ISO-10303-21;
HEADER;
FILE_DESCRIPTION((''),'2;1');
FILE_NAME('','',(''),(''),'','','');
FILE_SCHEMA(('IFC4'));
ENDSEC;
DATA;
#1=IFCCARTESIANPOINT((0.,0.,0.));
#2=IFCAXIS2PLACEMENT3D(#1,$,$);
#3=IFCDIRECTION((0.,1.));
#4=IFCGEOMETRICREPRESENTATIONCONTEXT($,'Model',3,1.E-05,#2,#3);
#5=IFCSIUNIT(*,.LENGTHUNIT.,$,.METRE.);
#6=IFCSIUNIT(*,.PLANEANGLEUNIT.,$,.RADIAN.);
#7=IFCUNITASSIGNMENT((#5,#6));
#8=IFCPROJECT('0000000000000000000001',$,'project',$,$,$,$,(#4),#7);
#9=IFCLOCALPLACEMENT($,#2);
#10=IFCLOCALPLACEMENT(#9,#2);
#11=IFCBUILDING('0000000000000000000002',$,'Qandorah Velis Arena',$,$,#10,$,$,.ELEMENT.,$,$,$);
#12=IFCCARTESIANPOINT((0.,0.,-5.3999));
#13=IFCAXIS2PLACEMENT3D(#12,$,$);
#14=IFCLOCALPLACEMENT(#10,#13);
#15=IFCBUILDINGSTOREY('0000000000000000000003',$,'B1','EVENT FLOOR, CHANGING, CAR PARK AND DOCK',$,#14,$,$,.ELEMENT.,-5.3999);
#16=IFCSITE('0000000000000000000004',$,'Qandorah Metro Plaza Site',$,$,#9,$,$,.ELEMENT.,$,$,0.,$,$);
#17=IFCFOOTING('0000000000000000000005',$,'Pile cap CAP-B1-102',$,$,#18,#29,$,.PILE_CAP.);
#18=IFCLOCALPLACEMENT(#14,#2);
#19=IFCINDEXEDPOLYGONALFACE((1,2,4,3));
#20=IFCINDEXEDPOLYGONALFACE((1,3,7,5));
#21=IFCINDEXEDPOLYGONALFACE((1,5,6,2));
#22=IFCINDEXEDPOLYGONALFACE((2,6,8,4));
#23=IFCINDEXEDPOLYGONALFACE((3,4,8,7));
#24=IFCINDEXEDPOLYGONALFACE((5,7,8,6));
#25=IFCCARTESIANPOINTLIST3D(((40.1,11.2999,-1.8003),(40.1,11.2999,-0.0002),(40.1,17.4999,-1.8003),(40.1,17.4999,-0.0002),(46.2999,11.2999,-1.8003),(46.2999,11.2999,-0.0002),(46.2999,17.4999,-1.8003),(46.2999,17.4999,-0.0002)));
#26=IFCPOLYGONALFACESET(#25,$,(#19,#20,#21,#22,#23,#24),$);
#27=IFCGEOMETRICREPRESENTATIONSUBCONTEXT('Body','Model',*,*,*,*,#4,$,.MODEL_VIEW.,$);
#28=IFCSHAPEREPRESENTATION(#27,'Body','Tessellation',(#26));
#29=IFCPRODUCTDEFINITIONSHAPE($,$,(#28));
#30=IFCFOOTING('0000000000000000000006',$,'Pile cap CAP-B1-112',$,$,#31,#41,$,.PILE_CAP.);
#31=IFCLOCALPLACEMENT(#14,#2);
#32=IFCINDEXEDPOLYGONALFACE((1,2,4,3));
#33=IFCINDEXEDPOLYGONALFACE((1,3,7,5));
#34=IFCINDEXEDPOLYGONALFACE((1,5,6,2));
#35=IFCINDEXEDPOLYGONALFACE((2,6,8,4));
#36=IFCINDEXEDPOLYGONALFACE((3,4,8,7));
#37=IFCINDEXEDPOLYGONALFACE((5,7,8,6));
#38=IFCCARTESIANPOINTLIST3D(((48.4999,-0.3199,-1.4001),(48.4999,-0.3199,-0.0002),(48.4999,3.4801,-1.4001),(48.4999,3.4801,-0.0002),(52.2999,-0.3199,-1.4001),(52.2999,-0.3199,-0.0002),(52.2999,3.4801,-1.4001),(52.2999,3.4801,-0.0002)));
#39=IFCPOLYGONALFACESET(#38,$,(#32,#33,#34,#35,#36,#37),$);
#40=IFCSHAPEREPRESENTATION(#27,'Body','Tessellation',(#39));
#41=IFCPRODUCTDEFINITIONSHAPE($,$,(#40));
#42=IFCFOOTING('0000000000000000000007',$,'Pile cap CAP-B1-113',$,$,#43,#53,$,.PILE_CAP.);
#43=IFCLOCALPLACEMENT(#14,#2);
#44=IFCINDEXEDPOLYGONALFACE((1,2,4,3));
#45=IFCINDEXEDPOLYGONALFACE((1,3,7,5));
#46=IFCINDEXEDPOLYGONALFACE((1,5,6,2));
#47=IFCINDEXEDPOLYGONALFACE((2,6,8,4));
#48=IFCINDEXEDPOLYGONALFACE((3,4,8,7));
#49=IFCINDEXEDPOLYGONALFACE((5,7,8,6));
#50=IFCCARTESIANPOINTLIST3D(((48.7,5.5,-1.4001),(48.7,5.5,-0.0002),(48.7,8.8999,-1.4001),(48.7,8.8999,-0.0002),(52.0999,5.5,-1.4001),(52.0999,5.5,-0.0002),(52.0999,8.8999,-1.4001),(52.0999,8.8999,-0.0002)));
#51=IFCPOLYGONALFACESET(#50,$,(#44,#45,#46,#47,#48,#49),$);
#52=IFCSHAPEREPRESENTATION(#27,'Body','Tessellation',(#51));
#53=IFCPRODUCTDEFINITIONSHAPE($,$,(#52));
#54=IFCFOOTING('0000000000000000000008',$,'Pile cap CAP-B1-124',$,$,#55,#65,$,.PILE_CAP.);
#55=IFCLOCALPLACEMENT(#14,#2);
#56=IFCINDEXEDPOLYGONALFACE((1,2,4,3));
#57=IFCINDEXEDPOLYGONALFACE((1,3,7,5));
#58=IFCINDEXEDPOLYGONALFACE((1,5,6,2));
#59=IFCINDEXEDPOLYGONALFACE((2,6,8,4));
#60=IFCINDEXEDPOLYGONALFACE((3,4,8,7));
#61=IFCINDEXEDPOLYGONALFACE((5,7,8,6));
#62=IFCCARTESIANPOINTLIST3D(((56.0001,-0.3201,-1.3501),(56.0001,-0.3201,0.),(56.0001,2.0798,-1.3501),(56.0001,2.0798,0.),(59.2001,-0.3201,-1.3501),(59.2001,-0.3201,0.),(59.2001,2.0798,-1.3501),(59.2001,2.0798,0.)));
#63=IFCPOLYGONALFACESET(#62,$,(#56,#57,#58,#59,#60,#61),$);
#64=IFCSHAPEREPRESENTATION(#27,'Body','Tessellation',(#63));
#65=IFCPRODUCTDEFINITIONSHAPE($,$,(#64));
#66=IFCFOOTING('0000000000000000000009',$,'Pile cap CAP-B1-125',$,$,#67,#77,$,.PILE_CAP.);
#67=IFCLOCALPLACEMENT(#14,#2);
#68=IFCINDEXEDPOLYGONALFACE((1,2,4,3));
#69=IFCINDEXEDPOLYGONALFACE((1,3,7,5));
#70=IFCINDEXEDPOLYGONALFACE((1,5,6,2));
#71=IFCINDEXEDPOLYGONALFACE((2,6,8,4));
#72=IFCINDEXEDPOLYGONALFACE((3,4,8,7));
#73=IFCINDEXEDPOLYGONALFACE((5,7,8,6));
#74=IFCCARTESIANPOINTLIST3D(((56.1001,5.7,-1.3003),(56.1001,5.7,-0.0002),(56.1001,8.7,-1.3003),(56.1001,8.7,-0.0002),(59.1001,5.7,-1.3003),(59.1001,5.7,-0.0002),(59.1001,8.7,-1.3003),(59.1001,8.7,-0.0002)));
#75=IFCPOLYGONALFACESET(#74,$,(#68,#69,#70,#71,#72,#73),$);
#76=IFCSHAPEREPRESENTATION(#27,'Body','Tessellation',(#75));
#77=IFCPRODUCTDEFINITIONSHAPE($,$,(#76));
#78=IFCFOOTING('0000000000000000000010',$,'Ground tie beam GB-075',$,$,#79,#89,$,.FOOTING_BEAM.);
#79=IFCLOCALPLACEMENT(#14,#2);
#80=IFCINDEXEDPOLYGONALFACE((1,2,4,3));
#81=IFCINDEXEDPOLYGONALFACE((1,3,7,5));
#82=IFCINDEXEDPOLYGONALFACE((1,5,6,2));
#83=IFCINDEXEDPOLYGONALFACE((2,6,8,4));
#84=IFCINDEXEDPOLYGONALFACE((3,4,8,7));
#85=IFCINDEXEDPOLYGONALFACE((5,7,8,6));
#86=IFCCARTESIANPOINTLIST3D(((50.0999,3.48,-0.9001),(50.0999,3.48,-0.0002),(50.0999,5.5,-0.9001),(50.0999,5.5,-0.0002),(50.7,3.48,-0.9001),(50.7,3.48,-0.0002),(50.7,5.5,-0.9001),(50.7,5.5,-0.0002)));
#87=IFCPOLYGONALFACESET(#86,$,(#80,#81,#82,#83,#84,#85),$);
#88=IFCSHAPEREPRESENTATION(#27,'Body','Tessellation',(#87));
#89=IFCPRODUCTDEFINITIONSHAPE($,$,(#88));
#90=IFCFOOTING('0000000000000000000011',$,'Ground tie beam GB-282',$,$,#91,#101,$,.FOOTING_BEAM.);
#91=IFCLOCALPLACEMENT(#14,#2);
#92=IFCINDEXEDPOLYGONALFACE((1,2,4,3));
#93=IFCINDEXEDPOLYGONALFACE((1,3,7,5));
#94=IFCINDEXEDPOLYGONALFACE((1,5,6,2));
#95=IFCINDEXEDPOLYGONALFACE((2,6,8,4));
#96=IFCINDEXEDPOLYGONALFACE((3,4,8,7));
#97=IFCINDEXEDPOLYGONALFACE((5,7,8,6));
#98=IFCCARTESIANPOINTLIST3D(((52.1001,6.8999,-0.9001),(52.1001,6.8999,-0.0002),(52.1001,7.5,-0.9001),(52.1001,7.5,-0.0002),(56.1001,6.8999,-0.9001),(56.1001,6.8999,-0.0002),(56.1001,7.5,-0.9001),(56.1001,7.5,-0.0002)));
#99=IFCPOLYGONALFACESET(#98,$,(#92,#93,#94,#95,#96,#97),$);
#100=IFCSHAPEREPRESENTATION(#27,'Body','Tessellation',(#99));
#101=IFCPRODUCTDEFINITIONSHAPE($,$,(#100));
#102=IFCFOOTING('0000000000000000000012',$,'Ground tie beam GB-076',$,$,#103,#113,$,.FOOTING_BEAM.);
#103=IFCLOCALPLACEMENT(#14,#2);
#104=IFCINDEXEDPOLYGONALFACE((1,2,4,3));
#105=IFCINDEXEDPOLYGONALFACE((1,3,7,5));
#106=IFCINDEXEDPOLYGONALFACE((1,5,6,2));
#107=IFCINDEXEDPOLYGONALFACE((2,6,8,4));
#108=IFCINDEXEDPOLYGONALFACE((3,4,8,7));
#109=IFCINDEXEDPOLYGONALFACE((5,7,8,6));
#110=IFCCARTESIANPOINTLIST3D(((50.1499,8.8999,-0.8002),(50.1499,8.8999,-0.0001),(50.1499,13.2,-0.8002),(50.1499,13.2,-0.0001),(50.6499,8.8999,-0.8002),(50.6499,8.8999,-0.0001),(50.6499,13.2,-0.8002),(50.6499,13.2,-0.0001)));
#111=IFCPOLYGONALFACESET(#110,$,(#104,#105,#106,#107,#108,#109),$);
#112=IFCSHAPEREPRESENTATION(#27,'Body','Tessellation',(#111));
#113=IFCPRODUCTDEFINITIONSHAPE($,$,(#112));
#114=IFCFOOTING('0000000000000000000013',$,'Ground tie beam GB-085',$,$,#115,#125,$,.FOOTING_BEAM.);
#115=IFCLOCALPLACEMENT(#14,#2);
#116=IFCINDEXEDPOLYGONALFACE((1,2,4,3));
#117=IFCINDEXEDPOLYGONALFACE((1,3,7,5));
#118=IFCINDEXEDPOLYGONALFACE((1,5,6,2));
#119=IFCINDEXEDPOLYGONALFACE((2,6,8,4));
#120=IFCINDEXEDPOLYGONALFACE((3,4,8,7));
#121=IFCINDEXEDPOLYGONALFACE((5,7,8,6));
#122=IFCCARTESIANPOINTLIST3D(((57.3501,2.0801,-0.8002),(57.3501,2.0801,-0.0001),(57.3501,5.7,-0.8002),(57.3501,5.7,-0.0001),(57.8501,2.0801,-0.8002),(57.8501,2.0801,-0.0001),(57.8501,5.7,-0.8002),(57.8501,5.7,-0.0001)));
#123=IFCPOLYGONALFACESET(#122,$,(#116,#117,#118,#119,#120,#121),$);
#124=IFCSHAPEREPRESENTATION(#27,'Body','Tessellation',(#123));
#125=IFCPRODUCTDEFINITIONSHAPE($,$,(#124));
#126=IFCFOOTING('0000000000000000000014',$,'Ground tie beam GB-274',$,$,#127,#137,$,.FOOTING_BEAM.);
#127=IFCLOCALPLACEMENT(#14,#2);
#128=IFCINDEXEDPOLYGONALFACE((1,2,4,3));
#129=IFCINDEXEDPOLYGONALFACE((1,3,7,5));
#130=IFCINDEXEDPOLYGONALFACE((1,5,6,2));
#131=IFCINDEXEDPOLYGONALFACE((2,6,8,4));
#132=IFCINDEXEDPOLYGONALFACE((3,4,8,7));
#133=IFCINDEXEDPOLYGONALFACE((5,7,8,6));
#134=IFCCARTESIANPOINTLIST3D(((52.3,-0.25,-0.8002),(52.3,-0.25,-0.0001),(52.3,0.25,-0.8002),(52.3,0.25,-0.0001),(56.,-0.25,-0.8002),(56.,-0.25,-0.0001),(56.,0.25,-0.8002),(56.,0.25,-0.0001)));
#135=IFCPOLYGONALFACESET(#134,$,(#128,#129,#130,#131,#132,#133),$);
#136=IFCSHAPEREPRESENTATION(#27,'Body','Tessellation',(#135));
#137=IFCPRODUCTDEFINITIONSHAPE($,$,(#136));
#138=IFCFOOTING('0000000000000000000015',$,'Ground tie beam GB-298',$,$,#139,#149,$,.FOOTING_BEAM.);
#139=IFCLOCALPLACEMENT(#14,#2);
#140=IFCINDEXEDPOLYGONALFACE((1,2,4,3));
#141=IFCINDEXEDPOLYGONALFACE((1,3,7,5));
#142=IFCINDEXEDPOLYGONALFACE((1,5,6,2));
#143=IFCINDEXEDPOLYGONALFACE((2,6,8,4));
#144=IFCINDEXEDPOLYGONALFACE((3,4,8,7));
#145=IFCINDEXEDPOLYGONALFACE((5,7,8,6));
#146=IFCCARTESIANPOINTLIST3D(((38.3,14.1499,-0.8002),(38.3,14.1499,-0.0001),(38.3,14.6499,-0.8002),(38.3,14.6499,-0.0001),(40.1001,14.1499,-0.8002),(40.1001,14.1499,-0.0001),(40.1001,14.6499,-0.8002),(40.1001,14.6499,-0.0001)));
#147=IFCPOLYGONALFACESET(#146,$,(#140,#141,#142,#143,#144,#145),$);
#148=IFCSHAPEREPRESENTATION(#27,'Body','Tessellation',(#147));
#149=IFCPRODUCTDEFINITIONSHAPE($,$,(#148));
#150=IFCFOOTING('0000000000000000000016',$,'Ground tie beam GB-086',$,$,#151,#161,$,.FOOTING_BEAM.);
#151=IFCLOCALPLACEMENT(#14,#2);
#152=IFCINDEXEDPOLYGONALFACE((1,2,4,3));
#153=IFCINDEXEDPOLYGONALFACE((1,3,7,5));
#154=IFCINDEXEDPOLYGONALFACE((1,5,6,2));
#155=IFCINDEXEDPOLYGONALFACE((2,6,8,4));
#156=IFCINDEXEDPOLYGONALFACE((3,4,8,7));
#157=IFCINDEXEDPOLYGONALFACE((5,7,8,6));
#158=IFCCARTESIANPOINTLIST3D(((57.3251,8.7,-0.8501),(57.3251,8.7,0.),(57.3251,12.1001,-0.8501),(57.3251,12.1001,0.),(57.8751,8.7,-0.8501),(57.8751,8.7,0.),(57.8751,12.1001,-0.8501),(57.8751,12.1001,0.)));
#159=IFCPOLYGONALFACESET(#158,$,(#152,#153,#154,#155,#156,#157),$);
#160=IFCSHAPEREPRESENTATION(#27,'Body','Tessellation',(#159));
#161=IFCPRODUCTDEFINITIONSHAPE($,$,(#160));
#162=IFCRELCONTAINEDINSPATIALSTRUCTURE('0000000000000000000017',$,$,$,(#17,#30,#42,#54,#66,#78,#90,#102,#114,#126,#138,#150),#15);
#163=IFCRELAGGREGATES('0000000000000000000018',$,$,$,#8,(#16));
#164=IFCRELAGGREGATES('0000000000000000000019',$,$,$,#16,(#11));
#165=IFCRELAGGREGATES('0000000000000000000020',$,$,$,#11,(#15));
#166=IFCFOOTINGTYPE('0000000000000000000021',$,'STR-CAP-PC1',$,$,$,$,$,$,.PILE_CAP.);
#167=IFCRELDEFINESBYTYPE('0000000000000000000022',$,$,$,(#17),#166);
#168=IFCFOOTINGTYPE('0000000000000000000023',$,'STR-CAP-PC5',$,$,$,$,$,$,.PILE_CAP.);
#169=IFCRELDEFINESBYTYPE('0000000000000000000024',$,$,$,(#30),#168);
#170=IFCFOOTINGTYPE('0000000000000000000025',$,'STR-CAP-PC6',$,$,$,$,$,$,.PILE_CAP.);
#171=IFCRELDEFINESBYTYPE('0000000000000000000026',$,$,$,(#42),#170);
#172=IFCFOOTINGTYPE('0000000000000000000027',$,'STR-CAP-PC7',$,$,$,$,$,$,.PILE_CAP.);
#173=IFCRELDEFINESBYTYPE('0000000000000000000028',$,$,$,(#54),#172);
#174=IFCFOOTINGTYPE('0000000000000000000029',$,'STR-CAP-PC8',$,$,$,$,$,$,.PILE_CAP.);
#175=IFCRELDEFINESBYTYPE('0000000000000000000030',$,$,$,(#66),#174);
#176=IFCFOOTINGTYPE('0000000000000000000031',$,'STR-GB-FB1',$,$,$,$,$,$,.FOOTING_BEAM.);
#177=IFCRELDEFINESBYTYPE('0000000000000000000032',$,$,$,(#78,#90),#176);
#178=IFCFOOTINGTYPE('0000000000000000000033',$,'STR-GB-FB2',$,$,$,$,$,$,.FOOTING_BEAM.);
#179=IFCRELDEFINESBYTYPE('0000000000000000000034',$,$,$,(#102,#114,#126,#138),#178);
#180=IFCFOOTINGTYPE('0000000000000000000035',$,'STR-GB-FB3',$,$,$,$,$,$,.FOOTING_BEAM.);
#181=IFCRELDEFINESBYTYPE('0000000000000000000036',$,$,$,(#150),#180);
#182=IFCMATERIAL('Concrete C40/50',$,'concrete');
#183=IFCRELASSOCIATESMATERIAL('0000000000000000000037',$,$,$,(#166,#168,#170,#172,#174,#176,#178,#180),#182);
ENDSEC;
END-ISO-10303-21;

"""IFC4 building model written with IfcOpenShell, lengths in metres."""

from ifc_helpers import new_model, si_unit, direction, frame, origin, origin_2d, place, context, subcontext, project, spatial, rectangle, extrude, material, material_profile, profile_set, type_object, element, save


model = new_model("IFC4")

# Units and contexts
model_context = context("Model", 3, precision=1e-05, world=origin(), true_north=direction((0.0, 1.0)))
body_context = subcontext(model_context, "Body", "Model", "MODEL_VIEW")
ifc_project = project(units=[si_unit("LENGTHUNIT", "METRE"), si_unit("PLANEANGLEUNIT", "RADIAN")], contexts=[model_context])

# Site, building, storey
site_placement = place(None, origin())
site = spatial("IfcSite", under=ifc_project, at=site_placement, Name="Qandorah Metro Plaza Site", CompositionType="ELEMENT", RefElevation=0.0)
building_placement = place(site_placement, origin())
building = spatial("IfcBuilding", under=site, at=building_placement, Name="Qandorah Velis Arena", CompositionType="ELEMENT")
storey_placement = place(building_placement, frame((0.0, 0.0, -5.3999)))
storey = spatial("IfcBuildingStorey", under=building, at=storey_placement, Name="B1", Description="EVENT FLOOR, CHANGING, CAR PARK AND DOCK", CompositionType="ELEMENT", Elevation=-5.3999)

# Footings
ifc_material_1 = material(Name="Concrete C40/50", Category="concrete")
footing_type_1 = type_object("IfcFootingType", Name="STR-CAP-PC1", PredefinedType="PILE_CAP", material=ifc_material_1)
footing_1_placement = place(storey_placement, frame((43.2, 14.3999, -1.8003), z_axis=(0.0, 0.0, 1.0), x_axis=(1.0, 0.0, 0.0)))
element("IfcFooting", 1, at=footing_1_placement, inside=storey, type_object=footing_type_1, Name="Pile cap CAP-B1-102", PredefinedType="PILE_CAP", context=body_context, shape_type="SweptSolid", body=[
    extrude(rectangle(XDim=6.2, YDim=6.2, at=origin_2d()), origin(), (0.0, 0.0, 1.0), 1.8),
])
footing_type_2 = type_object("IfcFootingType", Name="STR-CAP-PC5", PredefinedType="PILE_CAP", material=ifc_material_1)
footing_2_placement = place(storey_placement, frame((50.3999, 1.5801, -1.4001), z_axis=(0.0, 0.0, 1.0), x_axis=(1.0, 0.0, 0.0)))
element("IfcFooting", 2, at=footing_2_placement, inside=storey, type_object=footing_type_2, Name="Pile cap CAP-B1-112", PredefinedType="PILE_CAP", context=body_context, shape_type="SweptSolid", body=[
    extrude(rectangle(XDim=3.8, YDim=3.8, at=origin_2d()), origin(), (0.0, 0.0, 1.0), 1.3999),
])
footing_type_3 = type_object("IfcFootingType", Name="STR-CAP-PC6", PredefinedType="PILE_CAP", material=ifc_material_1)
footing_3_placement = place(storey_placement, frame((50.3999, 7.2, -1.4001), z_axis=(0.0, 0.0, 1.0), x_axis=(1.0, 0.0, 0.0)))
element("IfcFooting", 3, at=footing_3_placement, inside=storey, type_object=footing_type_3, Name="Pile cap CAP-B1-113", PredefinedType="PILE_CAP", context=body_context, shape_type="SweptSolid", body=[
    extrude(rectangle(XDim=3.3999, YDim=3.3999, at=origin_2d()), origin(), (0.0, 0.0, 1.0), 1.3999),
])
footing_type_4 = type_object("IfcFootingType", Name="STR-CAP-PC7", PredefinedType="PILE_CAP", material=ifc_material_1)
footing_4_placement = place(storey_placement, frame((57.6001, 0.8799, -1.3501), z_axis=(0.0, 0.0, 1.0), x_axis=(1.0, 0.0, 0.0)))
element("IfcFooting", 4, at=footing_4_placement, inside=storey, type_object=footing_type_4, Name="Pile cap CAP-B1-124", PredefinedType="PILE_CAP", context=body_context, shape_type="SweptSolid", body=[
    extrude(rectangle(XDim=3.2, YDim=2.3999, at=origin_2d()), origin(), (0.0, 0.0, 1.0), 1.3501),
])
footing_type_5 = type_object("IfcFootingType", Name="STR-CAP-PC8", PredefinedType="PILE_CAP", material=ifc_material_1)
footing_5_placement = place(storey_placement, frame((57.6001, 7.2, -1.3003), z_axis=(0.0, 0.0, 1.0), x_axis=(1.0, 0.0, 0.0)))
element("IfcFooting", 5, at=footing_5_placement, inside=storey, type_object=footing_type_5, Name="Pile cap CAP-B1-125", PredefinedType="PILE_CAP", context=body_context, shape_type="SweptSolid", body=[
    extrude(rectangle(XDim=3.0, YDim=3.0, at=origin_2d()), origin(), (0.0, 0.0, 1.0), 1.3),
])
ifc_material_profile_1 = material_profile(ifc_material_1, rectangle(XDim=0.6001, YDim=0.8999, at=origin_2d()), Name="GB1 600x900")
ifc_profile_set_1 = profile_set([ifc_material_profile_1], Name="Concrete C40/50")
footing_type_6 = type_object("IfcFootingType", Name="STR-GB-FB1", PredefinedType="FOOTING_BEAM", material=ifc_profile_set_1)
footing_6_placement = place(storey_placement, frame((50.3999, 3.48, -0.4502), z_axis=(0.0, 1.0, 0.0), x_axis=(-1.0, 0.0, 0.0)))
element("IfcFooting", 6, at=footing_6_placement, inside=storey, type_object=footing_type_6, Name="Ground tie beam GB-075", PredefinedType="FOOTING_BEAM", context=body_context, shape_type="SweptSolid", body=[
    extrude(rectangle(XDim=0.6001, YDim=0.8999, at=origin_2d()), origin(), (0.0, 0.0, 1.0), 2.02),
])
footing_7_placement = place(storey_placement, frame((52.1001, 7.2, -0.4502), z_axis=(1.0, 0.0, 0.0), x_axis=(0.0, 1.0, 0.0)))
element("IfcFooting", 7, at=footing_7_placement, inside=storey, type_object=footing_type_6, Name="Ground tie beam GB-282", PredefinedType="FOOTING_BEAM", context=body_context, shape_type="SweptSolid", body=[
    extrude(rectangle(XDim=0.6001, YDim=0.8999, at=origin_2d()), origin(), (0.0, 0.0, 1.0), 4.0),
])
ifc_material_profile_2 = material_profile(ifc_material_1, rectangle(XDim=0.5, YDim=0.8, at=origin_2d()), Name="GB2 500x800")
ifc_profile_set_2 = profile_set([ifc_material_profile_2], Name="Concrete C40/50")
footing_type_7 = type_object("IfcFootingType", Name="STR-GB-FB2", PredefinedType="FOOTING_BEAM", material=ifc_profile_set_2)
footing_8_placement = place(storey_placement, frame((50.3999, 8.8999, -0.4001), z_axis=(0.0, 1.0, 0.0), x_axis=(-1.0, 0.0, 0.0)))
element("IfcFooting", 8, at=footing_8_placement, inside=storey, type_object=footing_type_7, Name="Ground tie beam GB-076", PredefinedType="FOOTING_BEAM", context=body_context, shape_type="SweptSolid", body=[
    extrude(rectangle(XDim=0.5, YDim=0.8, at=origin_2d()), origin(), (0.0, 0.0, 1.0), 4.3),
])
footing_9_placement = place(storey_placement, frame((57.6001, 2.0801, -0.4001), z_axis=(0.0, 1.0, 0.0), x_axis=(-1.0, 0.0, 0.0)))
element("IfcFooting", 9, at=footing_9_placement, inside=storey, type_object=footing_type_7, Name="Ground tie beam GB-085", PredefinedType="FOOTING_BEAM", context=body_context, shape_type="SweptSolid", body=[
    extrude(rectangle(XDim=0.5, YDim=0.8, at=origin_2d()), origin(), (0.0, 0.0, 1.0), 3.6199),
])
footing_10_placement = place(storey_placement, frame((52.3, 0.0, -0.4001), z_axis=(1.0, 0.0, 0.0), x_axis=(0.0, 1.0, 0.0)))
element("IfcFooting", 10, at=footing_10_placement, inside=storey, type_object=footing_type_7, Name="Ground tie beam GB-274", PredefinedType="FOOTING_BEAM", context=body_context, shape_type="SweptSolid", body=[
    extrude(rectangle(XDim=0.5, YDim=0.8, at=origin_2d()), origin(), (0.0, 0.0, 1.0), 3.7),
])
footing_11_placement = place(storey_placement, frame((38.3, 14.3999, -0.4001), z_axis=(1.0, 0.0, 0.0), x_axis=(0.0, 1.0, 0.0)))
element("IfcFooting", 11, at=footing_11_placement, inside=storey, type_object=footing_type_7, Name="Ground tie beam GB-298", PredefinedType="FOOTING_BEAM", context=body_context, shape_type="SweptSolid", body=[
    extrude(rectangle(XDim=0.5, YDim=0.8, at=origin_2d()), origin(), (0.0, 0.0, 1.0), 1.8),
])
ifc_material_profile_3 = material_profile(ifc_material_1, rectangle(XDim=0.55, YDim=0.8501, at=origin_2d()), Name="GB3 550x850")
ifc_profile_set_3 = profile_set([ifc_material_profile_3], Name="Concrete C40/50")
footing_type_8 = type_object("IfcFootingType", Name="STR-GB-FB3", PredefinedType="FOOTING_BEAM", material=ifc_profile_set_3)
footing_12_placement = place(storey_placement, frame((57.6001, 8.7, -0.425), z_axis=(0.0, 1.0, 0.0), x_axis=(-1.0, 0.0, 0.0)))
element("IfcFooting", 12, at=footing_12_placement, inside=storey, type_object=footing_type_8, Name="Ground tie beam GB-086", PredefinedType="FOOTING_BEAM", context=body_context, shape_type="SweptSolid", body=[
    extrude(rectangle(XDim=0.55, YDim=0.8501, at=origin_2d()), origin(), (0.0, 0.0, 1.0), 3.4001),
])

save(model, "model.ifc")
